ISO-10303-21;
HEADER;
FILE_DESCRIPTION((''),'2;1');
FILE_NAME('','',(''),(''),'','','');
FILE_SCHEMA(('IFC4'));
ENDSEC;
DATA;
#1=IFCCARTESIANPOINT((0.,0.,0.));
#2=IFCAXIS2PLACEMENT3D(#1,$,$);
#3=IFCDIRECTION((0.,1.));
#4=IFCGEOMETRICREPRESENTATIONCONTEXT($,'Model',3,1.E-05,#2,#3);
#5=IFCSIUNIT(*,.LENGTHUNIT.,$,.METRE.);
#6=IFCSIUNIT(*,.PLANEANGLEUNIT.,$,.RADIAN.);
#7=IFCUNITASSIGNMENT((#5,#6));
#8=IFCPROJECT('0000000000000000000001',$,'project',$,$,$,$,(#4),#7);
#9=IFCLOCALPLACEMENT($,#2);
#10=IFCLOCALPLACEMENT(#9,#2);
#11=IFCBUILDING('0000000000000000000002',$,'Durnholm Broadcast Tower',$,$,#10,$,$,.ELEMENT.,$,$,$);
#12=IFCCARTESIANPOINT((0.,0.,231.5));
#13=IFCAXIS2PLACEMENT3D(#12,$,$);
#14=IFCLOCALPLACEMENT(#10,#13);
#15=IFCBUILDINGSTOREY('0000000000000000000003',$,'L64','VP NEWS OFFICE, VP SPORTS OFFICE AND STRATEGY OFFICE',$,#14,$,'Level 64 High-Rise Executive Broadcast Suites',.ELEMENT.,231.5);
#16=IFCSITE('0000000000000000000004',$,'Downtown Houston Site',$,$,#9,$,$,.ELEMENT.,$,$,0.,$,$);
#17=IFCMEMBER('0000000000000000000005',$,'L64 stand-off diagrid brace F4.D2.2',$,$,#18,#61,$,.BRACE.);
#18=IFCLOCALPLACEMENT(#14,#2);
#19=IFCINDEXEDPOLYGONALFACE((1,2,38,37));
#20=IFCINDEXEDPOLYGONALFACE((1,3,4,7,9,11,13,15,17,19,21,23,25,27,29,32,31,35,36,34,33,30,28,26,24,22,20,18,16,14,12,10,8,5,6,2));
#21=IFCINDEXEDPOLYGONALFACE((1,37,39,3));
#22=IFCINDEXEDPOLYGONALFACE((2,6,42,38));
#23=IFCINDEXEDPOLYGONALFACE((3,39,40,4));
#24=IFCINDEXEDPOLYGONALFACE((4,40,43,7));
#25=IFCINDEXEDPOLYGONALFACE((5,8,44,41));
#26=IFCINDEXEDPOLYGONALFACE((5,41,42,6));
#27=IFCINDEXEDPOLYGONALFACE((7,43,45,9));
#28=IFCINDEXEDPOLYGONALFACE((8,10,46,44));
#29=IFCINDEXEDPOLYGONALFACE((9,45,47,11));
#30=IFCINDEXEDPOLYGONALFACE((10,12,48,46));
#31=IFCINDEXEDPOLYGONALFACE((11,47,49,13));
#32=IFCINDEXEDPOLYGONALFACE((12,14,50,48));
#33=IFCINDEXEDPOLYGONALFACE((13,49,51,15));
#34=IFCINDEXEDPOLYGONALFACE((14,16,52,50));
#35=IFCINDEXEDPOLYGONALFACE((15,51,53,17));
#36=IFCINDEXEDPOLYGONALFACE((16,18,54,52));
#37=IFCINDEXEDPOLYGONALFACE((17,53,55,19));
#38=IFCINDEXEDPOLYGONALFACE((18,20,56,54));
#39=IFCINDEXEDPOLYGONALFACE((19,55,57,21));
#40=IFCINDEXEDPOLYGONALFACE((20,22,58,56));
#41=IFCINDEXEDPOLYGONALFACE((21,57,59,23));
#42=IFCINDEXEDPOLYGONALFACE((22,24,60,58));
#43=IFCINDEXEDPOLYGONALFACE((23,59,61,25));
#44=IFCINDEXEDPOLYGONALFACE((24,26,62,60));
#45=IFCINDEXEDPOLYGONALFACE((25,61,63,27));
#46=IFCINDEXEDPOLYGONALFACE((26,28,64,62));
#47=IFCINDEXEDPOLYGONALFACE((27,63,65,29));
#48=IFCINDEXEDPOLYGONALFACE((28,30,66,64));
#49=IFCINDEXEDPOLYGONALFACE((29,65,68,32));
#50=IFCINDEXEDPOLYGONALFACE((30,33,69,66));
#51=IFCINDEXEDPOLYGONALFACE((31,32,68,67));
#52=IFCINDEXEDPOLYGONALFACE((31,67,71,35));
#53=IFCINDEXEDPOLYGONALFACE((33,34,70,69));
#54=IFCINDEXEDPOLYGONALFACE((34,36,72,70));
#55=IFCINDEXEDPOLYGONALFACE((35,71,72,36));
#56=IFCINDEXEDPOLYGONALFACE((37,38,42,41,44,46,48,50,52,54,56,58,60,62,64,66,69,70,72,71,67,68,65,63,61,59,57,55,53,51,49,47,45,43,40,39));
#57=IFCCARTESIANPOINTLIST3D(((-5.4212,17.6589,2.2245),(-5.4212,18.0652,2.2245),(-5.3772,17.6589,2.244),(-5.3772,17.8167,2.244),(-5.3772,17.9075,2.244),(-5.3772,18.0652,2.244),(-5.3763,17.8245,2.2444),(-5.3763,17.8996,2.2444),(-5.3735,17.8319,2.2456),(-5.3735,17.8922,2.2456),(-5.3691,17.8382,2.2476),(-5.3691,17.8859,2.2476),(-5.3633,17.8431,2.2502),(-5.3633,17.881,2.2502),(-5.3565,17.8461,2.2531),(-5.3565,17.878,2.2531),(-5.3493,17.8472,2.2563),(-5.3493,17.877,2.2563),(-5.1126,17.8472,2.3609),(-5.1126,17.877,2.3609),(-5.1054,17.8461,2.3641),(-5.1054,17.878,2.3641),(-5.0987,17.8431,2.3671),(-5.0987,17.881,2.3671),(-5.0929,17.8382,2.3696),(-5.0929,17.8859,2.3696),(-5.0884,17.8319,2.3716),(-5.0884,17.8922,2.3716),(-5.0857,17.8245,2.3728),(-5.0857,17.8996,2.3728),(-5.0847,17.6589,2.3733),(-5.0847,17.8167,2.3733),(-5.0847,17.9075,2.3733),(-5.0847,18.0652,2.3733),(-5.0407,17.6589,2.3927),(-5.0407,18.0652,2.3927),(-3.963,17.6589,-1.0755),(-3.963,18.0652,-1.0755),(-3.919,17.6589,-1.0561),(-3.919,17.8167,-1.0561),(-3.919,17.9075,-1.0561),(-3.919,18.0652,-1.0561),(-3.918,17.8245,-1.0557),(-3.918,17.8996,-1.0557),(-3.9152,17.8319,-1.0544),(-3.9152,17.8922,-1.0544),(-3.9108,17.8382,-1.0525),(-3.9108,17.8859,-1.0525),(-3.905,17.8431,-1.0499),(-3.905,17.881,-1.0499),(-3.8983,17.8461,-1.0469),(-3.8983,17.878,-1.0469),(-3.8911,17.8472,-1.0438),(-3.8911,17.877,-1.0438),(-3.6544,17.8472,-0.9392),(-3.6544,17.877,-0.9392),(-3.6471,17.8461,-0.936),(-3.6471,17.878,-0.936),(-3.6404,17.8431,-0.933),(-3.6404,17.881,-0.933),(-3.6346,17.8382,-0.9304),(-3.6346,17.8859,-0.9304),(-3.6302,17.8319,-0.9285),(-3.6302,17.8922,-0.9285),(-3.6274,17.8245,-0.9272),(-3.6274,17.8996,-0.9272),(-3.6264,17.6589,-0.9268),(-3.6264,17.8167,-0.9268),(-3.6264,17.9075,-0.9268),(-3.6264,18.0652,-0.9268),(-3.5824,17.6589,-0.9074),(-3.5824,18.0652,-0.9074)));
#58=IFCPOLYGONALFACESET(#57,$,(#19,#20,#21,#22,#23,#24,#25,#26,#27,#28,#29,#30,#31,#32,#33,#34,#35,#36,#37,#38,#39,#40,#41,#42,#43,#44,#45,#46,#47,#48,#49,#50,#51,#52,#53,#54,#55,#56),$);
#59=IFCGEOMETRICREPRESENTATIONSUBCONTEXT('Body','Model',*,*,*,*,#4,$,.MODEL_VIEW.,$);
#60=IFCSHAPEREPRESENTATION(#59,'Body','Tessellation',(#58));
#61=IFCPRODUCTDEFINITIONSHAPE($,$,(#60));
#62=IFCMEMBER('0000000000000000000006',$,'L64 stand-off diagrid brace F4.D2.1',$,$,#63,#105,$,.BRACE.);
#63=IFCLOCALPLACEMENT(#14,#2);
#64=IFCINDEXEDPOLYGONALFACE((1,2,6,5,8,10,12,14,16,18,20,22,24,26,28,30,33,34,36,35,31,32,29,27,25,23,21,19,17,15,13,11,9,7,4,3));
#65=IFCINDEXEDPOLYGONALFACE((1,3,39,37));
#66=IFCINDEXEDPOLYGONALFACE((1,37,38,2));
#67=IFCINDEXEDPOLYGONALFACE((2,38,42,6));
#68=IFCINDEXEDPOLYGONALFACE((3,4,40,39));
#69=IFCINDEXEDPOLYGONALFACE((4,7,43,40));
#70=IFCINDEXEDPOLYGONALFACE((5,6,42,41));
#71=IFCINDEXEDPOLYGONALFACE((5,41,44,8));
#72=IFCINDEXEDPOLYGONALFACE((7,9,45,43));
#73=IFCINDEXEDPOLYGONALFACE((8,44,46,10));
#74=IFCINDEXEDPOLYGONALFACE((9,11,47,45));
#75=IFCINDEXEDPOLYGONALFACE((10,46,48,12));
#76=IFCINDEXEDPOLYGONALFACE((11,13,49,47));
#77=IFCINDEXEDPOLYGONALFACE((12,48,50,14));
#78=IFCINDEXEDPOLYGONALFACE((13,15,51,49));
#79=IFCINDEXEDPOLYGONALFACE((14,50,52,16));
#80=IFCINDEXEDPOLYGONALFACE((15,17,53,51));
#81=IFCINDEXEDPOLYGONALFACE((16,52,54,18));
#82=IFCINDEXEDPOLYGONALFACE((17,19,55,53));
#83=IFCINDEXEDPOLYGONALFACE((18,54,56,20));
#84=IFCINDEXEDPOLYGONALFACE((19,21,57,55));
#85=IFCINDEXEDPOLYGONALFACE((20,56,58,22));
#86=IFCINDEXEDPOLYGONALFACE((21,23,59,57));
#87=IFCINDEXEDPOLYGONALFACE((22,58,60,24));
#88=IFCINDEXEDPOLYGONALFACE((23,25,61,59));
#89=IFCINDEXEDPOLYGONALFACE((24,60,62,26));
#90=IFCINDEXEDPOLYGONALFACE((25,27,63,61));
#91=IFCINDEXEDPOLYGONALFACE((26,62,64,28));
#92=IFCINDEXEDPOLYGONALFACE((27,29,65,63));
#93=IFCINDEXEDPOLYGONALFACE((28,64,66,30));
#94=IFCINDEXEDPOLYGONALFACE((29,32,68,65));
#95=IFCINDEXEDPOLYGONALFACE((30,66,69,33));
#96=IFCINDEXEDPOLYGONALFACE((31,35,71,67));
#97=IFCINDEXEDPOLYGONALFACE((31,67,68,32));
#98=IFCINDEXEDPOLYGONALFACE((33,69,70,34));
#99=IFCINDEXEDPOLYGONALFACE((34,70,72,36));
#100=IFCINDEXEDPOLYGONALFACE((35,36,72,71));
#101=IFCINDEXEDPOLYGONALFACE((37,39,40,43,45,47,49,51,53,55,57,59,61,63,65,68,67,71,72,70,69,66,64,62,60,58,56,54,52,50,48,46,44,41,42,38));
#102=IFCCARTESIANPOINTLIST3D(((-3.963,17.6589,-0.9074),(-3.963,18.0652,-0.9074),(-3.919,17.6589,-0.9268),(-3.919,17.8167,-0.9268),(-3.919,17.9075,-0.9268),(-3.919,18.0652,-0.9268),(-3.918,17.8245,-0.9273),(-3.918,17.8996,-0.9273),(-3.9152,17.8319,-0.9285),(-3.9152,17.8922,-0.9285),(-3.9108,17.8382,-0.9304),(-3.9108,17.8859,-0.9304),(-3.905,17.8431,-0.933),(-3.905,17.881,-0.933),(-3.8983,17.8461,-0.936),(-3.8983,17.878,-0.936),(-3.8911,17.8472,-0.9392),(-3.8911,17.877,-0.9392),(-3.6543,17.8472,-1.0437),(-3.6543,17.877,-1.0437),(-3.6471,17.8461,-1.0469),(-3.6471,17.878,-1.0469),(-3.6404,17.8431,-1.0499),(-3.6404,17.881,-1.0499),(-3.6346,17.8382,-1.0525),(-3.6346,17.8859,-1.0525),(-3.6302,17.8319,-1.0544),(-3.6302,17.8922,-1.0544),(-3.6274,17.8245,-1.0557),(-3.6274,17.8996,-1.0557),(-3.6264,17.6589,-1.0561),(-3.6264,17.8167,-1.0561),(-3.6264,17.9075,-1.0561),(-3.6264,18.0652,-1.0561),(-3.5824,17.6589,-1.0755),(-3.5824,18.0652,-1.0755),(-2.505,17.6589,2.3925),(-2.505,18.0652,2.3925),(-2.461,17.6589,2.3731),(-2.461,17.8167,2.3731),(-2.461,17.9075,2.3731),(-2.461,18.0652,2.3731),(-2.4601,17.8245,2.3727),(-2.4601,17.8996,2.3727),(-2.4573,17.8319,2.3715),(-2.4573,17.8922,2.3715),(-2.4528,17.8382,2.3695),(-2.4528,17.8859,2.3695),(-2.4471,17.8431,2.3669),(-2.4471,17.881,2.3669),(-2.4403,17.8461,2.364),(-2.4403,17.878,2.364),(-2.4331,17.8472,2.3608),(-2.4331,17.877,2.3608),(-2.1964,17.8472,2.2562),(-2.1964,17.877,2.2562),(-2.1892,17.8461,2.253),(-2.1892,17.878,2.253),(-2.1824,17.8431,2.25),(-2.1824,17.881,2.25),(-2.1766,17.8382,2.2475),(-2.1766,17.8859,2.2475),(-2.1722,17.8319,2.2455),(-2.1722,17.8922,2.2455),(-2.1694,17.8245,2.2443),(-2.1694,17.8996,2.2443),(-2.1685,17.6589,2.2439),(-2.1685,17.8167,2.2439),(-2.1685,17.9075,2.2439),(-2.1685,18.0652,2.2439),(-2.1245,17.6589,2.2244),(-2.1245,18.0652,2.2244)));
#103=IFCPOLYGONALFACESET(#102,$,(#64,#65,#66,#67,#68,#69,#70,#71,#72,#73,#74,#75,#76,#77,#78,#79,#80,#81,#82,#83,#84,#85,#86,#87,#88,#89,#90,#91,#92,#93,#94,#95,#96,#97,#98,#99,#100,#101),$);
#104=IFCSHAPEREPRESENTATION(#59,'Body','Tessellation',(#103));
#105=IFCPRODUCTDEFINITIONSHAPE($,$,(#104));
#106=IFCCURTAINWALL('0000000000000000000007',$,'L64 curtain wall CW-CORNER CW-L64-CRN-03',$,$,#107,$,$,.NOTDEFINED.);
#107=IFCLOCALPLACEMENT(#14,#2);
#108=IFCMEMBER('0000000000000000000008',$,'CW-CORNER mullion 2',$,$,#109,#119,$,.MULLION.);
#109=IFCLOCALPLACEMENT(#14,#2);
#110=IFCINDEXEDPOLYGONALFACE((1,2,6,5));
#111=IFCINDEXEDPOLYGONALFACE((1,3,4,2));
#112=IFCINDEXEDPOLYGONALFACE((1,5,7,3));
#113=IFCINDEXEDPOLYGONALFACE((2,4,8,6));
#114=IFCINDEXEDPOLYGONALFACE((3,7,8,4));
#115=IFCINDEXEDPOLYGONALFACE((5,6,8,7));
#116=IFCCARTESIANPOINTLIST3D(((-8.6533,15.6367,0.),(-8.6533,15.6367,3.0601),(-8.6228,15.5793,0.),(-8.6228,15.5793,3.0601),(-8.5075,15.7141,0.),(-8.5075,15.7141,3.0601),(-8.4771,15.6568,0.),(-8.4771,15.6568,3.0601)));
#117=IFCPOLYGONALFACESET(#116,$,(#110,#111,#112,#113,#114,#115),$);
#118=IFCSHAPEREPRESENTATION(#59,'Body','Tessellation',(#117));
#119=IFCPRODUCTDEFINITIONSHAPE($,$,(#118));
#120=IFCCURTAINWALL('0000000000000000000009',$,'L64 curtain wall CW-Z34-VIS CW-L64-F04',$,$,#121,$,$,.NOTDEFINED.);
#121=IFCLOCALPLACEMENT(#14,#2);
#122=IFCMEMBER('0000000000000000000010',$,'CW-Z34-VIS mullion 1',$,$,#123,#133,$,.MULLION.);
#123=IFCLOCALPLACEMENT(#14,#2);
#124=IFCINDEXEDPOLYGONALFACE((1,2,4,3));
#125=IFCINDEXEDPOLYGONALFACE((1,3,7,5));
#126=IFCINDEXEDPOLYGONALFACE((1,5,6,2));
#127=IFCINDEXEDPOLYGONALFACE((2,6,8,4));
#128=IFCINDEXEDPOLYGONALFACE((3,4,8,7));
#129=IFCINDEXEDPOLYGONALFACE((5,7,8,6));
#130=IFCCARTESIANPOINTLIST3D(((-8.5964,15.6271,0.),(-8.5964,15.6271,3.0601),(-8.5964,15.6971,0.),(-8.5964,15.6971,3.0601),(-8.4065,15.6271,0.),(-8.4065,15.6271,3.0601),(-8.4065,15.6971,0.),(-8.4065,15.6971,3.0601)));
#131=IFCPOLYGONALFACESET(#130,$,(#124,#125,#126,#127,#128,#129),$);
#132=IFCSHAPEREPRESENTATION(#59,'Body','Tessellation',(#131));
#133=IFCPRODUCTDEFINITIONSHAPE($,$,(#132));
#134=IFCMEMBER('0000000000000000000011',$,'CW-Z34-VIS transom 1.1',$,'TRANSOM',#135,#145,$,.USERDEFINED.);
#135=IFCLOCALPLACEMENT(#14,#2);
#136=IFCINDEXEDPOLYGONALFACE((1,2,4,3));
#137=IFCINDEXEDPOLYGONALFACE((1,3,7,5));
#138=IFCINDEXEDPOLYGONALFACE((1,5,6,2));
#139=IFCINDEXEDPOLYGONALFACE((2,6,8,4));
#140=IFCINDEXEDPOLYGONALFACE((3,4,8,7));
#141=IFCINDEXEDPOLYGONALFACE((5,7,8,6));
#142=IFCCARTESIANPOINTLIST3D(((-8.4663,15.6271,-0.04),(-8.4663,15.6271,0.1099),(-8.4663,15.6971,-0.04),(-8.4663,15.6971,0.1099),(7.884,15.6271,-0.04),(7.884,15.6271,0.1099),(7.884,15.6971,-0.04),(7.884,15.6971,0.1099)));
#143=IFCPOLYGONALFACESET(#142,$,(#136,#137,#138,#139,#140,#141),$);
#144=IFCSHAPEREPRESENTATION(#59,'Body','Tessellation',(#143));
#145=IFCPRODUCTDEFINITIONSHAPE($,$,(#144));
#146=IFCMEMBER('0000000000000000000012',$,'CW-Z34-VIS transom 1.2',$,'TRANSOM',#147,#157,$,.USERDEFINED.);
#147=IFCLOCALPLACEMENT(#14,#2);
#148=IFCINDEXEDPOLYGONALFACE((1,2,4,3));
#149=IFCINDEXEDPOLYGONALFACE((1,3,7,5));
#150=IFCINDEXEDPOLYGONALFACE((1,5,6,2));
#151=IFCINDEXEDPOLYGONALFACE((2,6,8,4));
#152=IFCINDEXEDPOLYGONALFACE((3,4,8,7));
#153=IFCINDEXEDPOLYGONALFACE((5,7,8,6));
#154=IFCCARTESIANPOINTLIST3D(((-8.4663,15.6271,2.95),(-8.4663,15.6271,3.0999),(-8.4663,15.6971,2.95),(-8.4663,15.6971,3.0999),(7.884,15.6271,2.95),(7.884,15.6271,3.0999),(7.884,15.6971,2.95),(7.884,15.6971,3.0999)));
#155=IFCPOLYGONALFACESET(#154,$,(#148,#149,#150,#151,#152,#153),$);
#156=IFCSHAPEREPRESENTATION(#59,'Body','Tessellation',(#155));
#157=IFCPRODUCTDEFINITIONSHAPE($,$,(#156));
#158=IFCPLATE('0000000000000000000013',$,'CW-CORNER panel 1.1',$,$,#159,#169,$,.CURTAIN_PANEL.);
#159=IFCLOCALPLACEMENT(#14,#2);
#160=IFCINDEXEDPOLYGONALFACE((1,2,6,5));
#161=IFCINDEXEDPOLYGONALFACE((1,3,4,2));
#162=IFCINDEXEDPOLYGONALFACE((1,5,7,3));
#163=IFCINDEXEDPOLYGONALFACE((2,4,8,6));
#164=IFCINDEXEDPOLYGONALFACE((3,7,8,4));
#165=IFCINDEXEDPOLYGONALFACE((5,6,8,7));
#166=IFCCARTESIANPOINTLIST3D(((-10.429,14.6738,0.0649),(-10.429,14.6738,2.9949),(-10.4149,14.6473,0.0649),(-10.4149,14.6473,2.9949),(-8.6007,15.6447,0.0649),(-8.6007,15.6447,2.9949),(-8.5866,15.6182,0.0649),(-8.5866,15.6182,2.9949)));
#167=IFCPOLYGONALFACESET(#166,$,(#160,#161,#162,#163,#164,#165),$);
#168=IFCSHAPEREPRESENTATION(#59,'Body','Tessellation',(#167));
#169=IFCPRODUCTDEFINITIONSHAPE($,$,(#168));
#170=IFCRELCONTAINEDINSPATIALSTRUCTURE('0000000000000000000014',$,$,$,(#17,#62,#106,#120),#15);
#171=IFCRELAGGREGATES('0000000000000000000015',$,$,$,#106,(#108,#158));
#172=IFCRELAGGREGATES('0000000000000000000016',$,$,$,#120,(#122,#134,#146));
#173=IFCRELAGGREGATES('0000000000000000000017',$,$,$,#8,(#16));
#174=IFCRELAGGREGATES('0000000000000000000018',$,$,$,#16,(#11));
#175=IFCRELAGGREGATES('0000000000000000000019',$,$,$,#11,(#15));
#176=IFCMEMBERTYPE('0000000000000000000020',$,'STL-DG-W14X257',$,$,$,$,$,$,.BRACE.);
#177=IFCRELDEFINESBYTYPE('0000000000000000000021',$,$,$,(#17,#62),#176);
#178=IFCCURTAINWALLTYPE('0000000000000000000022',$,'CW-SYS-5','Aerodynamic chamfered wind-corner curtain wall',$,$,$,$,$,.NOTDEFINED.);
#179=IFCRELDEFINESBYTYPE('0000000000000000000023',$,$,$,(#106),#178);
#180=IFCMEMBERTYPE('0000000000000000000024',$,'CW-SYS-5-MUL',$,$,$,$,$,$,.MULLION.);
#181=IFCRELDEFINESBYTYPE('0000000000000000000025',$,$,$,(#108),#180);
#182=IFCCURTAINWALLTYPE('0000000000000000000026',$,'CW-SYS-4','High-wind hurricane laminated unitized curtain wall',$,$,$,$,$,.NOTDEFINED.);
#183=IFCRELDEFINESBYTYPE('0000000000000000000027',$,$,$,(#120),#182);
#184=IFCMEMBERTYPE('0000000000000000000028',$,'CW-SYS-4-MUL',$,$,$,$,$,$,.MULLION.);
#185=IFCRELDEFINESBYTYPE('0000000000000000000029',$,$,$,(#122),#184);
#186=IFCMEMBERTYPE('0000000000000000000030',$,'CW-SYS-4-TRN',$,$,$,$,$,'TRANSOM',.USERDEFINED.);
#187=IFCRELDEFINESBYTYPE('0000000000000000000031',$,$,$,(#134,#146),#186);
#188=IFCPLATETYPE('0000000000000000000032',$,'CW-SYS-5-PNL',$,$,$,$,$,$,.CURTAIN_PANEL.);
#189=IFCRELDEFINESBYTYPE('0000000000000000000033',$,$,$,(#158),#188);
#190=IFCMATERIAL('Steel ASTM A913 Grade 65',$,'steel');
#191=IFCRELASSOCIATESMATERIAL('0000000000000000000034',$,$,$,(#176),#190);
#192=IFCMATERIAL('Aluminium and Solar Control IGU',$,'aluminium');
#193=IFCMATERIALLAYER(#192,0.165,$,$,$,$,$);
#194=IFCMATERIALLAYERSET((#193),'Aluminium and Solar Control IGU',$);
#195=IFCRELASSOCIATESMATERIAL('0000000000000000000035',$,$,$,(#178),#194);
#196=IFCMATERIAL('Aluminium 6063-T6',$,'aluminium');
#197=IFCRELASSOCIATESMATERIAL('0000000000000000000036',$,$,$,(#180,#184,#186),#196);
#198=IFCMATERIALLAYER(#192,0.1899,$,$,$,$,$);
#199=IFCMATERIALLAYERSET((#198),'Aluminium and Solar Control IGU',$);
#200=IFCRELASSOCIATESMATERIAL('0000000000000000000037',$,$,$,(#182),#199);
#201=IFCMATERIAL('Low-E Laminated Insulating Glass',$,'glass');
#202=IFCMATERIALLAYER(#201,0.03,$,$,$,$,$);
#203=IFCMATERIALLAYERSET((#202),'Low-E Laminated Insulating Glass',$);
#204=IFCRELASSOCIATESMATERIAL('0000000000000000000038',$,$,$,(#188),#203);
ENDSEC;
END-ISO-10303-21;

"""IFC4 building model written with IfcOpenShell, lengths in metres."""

from ifc_helpers import new_model, si_unit, direction, frame, origin, origin_2d, place, context, subcontext, project, spatial, rectangle, i_section, extrude, source, transform, mapped, material, layer, layer_set, material_profile, profile_set, type_object, type_shapes, element, aggregate, save


model = new_model("IFC4")

# Units and contexts
model_context = context("Model", 3, precision=1e-05, world=origin(), true_north=direction((0.0, 1.0)))
body_context = subcontext(model_context, "Body", "Model", "MODEL_VIEW")
ifc_project = project(units=[si_unit("LENGTHUNIT", "METRE"), si_unit("PLANEANGLEUNIT", "RADIAN")], contexts=[model_context])

# Site, building, storey
site_placement = place(None, origin())
site = spatial("IfcSite", under=ifc_project, at=site_placement, Name="Downtown Houston Site", CompositionType="ELEMENT", RefElevation=0.0)
building_placement = place(site_placement, origin())
building = spatial("IfcBuilding", under=site, at=building_placement, Name="Durnholm Broadcast Tower", CompositionType="ELEMENT")
storey_placement = place(building_placement, frame((0.0, 0.0, 231.5)))
storey = spatial("IfcBuildingStorey", under=building, at=storey_placement, Name="L64", Description="VP NEWS OFFICE, VP SPORTS OFFICE AND STRATEGY OFFICE", LongName="Level 64 High-Rise Executive Broadcast Suites", CompositionType="ELEMENT", Elevation=231.5)

# Members
ifc_material_1 = material(Name="Steel ASTM A913 Grade 65", Category="steel")
ifc_material_profile_1 = material_profile(ifc_material_1, i_section(OverallWidth=0.4062, OverallDepth=0.416, WebThickness=0.0298, FlangeThickness=0.0481, FilletRadius=0.0305, at=origin_2d()), Name="W14X257")
ifc_profile_set_1 = profile_set([ifc_material_profile_1], Name="Steel ASTM A913 Grade 65")
member_type_1 = type_object("IfcMemberType", Name="STL-DG-W14X257", PredefinedType="BRACE", material=ifc_profile_set_1)
shared_shape_1 = source(origin(), body_context, "Body", "SweptSolid", [
    extrude(i_section(OverallWidth=0.4062, OverallDepth=0.416, WebThickness=0.0298, FlangeThickness=0.0481, FilletRadius=0.0305, at=origin_2d()), origin(), (0.0, 0.0, 1.0), 3.6079),
])
member_1_placement = place(storey_placement, frame((-3.7727, 17.8621, -0.9915), z_axis=(-0.404185, 0.0, 0.914677), x_axis=(0.0, -1.0, 0.0)))
element("IfcMember", 1, at=member_1_placement, inside=storey, type_object=member_type_1, Name="L64 stand-off diagrid brace F4.D2.2", PredefinedType="BRACE", context=body_context, shape_type="MappedRepresentation", body=[
    mapped(shared_shape_1, transform((0.0, 0.0, 0.0), x_axis=(1.0, 0.0, 0.0), y_axis=(0.0, 1.0, 0.0), z_axis=(0.0, 0.0, 1.0), scale=1.0)),
])
shared_shape_2 = source(origin(), body_context, "Body", "SweptSolid", [
    extrude(i_section(OverallWidth=0.4062, OverallDepth=0.416, WebThickness=0.0298, FlangeThickness=0.0481, FilletRadius=0.0305, at=origin_2d()), origin(), (0.0, 0.0, 1.0), 3.6077),
])
type_shapes(member_type_1, [shared_shape_1, shared_shape_2])
member_2_placement = place(storey_placement, frame((-3.7727, 17.8621, -0.9915), z_axis=(0.404128, 0.0, 0.914702), x_axis=(0.0, 1.0, 0.0)))
element("IfcMember", 2, at=member_2_placement, inside=storey, type_object=member_type_1, Name="L64 stand-off diagrid brace F4.D2.1", PredefinedType="BRACE", context=body_context, shape_type="MappedRepresentation", body=[
    mapped(shared_shape_2, transform((0.0, 0.0, 0.0), x_axis=(1.0, 0.0, 0.0), y_axis=(0.0, 1.0, 0.0), z_axis=(0.0, 0.0, 1.0), scale=1.0)),
])

# Curtain wall, member
ifc_material_2 = material(Name="Aluminium and Solar Control IGU", Category="aluminium")
ifc_layer_1 = layer(ifc_material_2, 0.165)
ifc_layer_set_1 = layer_set([ifc_layer_1], Name="Aluminium and Solar Control IGU")
curtain_wall_type_1 = type_object("IfcCurtainWallType", Name="CW-SYS-5", Description="Aerodynamic chamfered wind-corner curtain wall", PredefinedType="NOTDEFINED", material=ifc_layer_set_1)
curtain_wall_1_placement = place(storey_placement, origin())
curtain_wall_1 = element("IfcCurtainWall", 3, at=curtain_wall_1_placement, inside=storey, type_object=curtain_wall_type_1, Name="L64 curtain wall CW-CORNER CW-L64-CRN-03", PredefinedType="NOTDEFINED")
ifc_material_3 = material(Name="Aluminium 6063-T6", Category="aluminium")
ifc_material_profile_2 = material_profile(ifc_material_3, rectangle(XDim=0.0649, YDim=0.165, at=origin_2d()), Name="CWM65X165")
ifc_profile_set_2 = profile_set([ifc_material_profile_2], Name="Aluminium 6063-T6")
member_type_2 = type_object("IfcMemberType", Name="CW-SYS-5-MUL", PredefinedType="MULLION", material=ifc_profile_set_2)
shared_shape_3 = source(origin(), body_context, "Body", "SweptSolid", [
    extrude(rectangle(XDim=0.0649, YDim=0.165, at=origin_2d()), origin(), (0.0, 0.0, 1.0), 3.0601),
])
type_shapes(member_type_2, [shared_shape_3])
member_3_placement = place(storey_placement, frame((-8.5652, 15.6467, 0.0), z_axis=(0.0, 0.0, 1.0), x_axis=(-0.469007, 0.883195, 0.0)))
member_3 = element("IfcMember", 4, at=member_3_placement, type_object=member_type_2, Name="CW-CORNER mullion 2", PredefinedType="MULLION", context=body_context, shape_type="MappedRepresentation", body=[
    mapped(shared_shape_3, transform((0.0, 0.0, 0.0), x_axis=(1.0, 0.0, 0.0), y_axis=(0.0, 1.0, 0.0), z_axis=(0.0, 0.0, 1.0), scale=1.0)),
])

# Curtain wall, members
ifc_layer_2 = layer(ifc_material_2, 0.1899)
ifc_layer_set_2 = layer_set([ifc_layer_2], Name="Aluminium and Solar Control IGU")
curtain_wall_type_2 = type_object("IfcCurtainWallType", Name="CW-SYS-4", Description="High-wind hurricane laminated unitized curtain wall", PredefinedType="NOTDEFINED", material=ifc_layer_set_2)
curtain_wall_2_placement = place(storey_placement, origin())
curtain_wall_2 = element("IfcCurtainWall", 5, at=curtain_wall_2_placement, inside=storey, type_object=curtain_wall_type_2, Name="L64 curtain wall CW-Z34-VIS CW-L64-F04", PredefinedType="NOTDEFINED")
ifc_material_profile_3 = material_profile(ifc_material_3, rectangle(XDim=0.0701, YDim=0.1899, at=origin_2d()), Name="CWM70X190")
ifc_profile_set_3 = profile_set([ifc_material_profile_3], Name="Aluminium 6063-T6")
member_type_3 = type_object("IfcMemberType", Name="CW-SYS-4-MUL", PredefinedType="MULLION", material=ifc_profile_set_3)
shared_shape_4 = source(origin(), body_context, "Body", "SweptSolid", [
    extrude(rectangle(XDim=0.0701, YDim=0.1899, at=origin_2d()), origin(), (0.0, 0.0, 1.0), 3.0601),
])
type_shapes(member_type_3, [shared_shape_4])
member_4_placement = place(storey_placement, frame((-8.5015, 15.6621, 0.0), z_axis=(0.0, 0.0, 1.0), x_axis=(0.0, 1.0, 0.0)))
member_4 = element("IfcMember", 6, at=member_4_placement, type_object=member_type_3, Name="CW-Z34-VIS mullion 1", PredefinedType="MULLION", context=body_context, shape_type="MappedRepresentation", body=[
    mapped(shared_shape_4, transform((0.0, 0.0, 0.0), x_axis=(1.0, 0.0, 0.0), y_axis=(0.0, 1.0, 0.0), z_axis=(0.0, 0.0, 1.0), scale=1.0)),
])
ifc_material_profile_4 = material_profile(ifc_material_3, rectangle(XDim=0.0701, YDim=0.1499, at=origin_2d()), Name="CWT70X150")
ifc_profile_set_4 = profile_set([ifc_material_profile_4], Name="Aluminium 6063-T6")
member_type_4 = type_object("IfcMemberType", Name="CW-SYS-4-TRN", ElementType="TRANSOM", PredefinedType="USERDEFINED", material=ifc_profile_set_4)
shared_shape_5 = source(origin(), body_context, "Body", "SweptSolid", [
    extrude(rectangle(XDim=0.0701, YDim=0.1499, at=origin_2d()), origin(), (0.0, 0.0, 1.0), 16.3503),
])
type_shapes(member_type_4, [shared_shape_5])
member_5_placement = place(storey_placement, frame((-8.4663, 15.6621, 0.0349), z_axis=(1.0, 0.0, 0.0), x_axis=(0.0, 1.0, 0.0)))
member_5 = element("IfcMember", 7, at=member_5_placement, type_object=member_type_4, Name="CW-Z34-VIS transom 1.1", ObjectType="TRANSOM", PredefinedType="USERDEFINED", context=body_context, shape_type="MappedRepresentation", body=[
    mapped(shared_shape_5, transform((0.0, 0.0, 0.0), x_axis=(1.0, 0.0, 0.0), y_axis=(0.0, 1.0, 0.0), z_axis=(0.0, 0.0, 1.0), scale=1.0)),
])
member_6_placement = place(storey_placement, frame((-8.4663, 15.6621, 3.0249), z_axis=(1.0, 0.0, 0.0), x_axis=(0.0, 1.0, 0.0)))
member_6 = element("IfcMember", 8, at=member_6_placement, type_object=member_type_4, Name="CW-Z34-VIS transom 1.2", ObjectType="TRANSOM", PredefinedType="USERDEFINED", context=body_context, shape_type="MappedRepresentation", body=[
    mapped(shared_shape_5, transform((0.0, 0.0, 0.0), x_axis=(1.0, 0.0, 0.0), y_axis=(0.0, 1.0, 0.0), z_axis=(0.0, 0.0, 1.0), scale=1.0)),
])

# Plate
ifc_material_4 = material(Name="Low-E Laminated Insulating Glass", Category="glass")
ifc_layer_3 = layer(ifc_material_4, 0.03)
ifc_layer_set_3 = layer_set([ifc_layer_3], Name="Low-E Laminated Insulating Glass")
plate_type_1 = type_object("IfcPlateType", Name="CW-SYS-5-PNL", PredefinedType="CURTAIN_PANEL", material=ifc_layer_set_3)
shared_shape_6 = source(origin(), body_context, "Body", "SweptSolid", [
    extrude(rectangle(XDim=2.0701, YDim=0.03, at=origin_2d()), origin(), (0.0, 0.0, 1.0), 2.9299),
])
type_shapes(plate_type_1, [shared_shape_6])
plate_1_placement = place(storey_placement, frame((-9.5078, 15.146, 0.0649), z_axis=(0.0, 0.0, 1.0), x_axis=(0.883195, 0.469007, 0.0)))
plate_1 = element("IfcPlate", 9, at=plate_1_placement, type_object=plate_type_1, Name="CW-CORNER panel 1.1", PredefinedType="CURTAIN_PANEL", context=body_context, shape_type="MappedRepresentation", body=[
    mapped(shared_shape_6, transform((0.0, 0.0, 0.0), x_axis=(1.0, 0.0, 0.0), y_axis=(0.0, 1.0, 0.0), z_axis=(0.0, 0.0, 1.0), scale=1.0)),
])
aggregate(curtain_wall_1, [member_3, plate_1])
aggregate(curtain_wall_2, [member_4, member_5, member_6])

save(model, "model.ifc")
